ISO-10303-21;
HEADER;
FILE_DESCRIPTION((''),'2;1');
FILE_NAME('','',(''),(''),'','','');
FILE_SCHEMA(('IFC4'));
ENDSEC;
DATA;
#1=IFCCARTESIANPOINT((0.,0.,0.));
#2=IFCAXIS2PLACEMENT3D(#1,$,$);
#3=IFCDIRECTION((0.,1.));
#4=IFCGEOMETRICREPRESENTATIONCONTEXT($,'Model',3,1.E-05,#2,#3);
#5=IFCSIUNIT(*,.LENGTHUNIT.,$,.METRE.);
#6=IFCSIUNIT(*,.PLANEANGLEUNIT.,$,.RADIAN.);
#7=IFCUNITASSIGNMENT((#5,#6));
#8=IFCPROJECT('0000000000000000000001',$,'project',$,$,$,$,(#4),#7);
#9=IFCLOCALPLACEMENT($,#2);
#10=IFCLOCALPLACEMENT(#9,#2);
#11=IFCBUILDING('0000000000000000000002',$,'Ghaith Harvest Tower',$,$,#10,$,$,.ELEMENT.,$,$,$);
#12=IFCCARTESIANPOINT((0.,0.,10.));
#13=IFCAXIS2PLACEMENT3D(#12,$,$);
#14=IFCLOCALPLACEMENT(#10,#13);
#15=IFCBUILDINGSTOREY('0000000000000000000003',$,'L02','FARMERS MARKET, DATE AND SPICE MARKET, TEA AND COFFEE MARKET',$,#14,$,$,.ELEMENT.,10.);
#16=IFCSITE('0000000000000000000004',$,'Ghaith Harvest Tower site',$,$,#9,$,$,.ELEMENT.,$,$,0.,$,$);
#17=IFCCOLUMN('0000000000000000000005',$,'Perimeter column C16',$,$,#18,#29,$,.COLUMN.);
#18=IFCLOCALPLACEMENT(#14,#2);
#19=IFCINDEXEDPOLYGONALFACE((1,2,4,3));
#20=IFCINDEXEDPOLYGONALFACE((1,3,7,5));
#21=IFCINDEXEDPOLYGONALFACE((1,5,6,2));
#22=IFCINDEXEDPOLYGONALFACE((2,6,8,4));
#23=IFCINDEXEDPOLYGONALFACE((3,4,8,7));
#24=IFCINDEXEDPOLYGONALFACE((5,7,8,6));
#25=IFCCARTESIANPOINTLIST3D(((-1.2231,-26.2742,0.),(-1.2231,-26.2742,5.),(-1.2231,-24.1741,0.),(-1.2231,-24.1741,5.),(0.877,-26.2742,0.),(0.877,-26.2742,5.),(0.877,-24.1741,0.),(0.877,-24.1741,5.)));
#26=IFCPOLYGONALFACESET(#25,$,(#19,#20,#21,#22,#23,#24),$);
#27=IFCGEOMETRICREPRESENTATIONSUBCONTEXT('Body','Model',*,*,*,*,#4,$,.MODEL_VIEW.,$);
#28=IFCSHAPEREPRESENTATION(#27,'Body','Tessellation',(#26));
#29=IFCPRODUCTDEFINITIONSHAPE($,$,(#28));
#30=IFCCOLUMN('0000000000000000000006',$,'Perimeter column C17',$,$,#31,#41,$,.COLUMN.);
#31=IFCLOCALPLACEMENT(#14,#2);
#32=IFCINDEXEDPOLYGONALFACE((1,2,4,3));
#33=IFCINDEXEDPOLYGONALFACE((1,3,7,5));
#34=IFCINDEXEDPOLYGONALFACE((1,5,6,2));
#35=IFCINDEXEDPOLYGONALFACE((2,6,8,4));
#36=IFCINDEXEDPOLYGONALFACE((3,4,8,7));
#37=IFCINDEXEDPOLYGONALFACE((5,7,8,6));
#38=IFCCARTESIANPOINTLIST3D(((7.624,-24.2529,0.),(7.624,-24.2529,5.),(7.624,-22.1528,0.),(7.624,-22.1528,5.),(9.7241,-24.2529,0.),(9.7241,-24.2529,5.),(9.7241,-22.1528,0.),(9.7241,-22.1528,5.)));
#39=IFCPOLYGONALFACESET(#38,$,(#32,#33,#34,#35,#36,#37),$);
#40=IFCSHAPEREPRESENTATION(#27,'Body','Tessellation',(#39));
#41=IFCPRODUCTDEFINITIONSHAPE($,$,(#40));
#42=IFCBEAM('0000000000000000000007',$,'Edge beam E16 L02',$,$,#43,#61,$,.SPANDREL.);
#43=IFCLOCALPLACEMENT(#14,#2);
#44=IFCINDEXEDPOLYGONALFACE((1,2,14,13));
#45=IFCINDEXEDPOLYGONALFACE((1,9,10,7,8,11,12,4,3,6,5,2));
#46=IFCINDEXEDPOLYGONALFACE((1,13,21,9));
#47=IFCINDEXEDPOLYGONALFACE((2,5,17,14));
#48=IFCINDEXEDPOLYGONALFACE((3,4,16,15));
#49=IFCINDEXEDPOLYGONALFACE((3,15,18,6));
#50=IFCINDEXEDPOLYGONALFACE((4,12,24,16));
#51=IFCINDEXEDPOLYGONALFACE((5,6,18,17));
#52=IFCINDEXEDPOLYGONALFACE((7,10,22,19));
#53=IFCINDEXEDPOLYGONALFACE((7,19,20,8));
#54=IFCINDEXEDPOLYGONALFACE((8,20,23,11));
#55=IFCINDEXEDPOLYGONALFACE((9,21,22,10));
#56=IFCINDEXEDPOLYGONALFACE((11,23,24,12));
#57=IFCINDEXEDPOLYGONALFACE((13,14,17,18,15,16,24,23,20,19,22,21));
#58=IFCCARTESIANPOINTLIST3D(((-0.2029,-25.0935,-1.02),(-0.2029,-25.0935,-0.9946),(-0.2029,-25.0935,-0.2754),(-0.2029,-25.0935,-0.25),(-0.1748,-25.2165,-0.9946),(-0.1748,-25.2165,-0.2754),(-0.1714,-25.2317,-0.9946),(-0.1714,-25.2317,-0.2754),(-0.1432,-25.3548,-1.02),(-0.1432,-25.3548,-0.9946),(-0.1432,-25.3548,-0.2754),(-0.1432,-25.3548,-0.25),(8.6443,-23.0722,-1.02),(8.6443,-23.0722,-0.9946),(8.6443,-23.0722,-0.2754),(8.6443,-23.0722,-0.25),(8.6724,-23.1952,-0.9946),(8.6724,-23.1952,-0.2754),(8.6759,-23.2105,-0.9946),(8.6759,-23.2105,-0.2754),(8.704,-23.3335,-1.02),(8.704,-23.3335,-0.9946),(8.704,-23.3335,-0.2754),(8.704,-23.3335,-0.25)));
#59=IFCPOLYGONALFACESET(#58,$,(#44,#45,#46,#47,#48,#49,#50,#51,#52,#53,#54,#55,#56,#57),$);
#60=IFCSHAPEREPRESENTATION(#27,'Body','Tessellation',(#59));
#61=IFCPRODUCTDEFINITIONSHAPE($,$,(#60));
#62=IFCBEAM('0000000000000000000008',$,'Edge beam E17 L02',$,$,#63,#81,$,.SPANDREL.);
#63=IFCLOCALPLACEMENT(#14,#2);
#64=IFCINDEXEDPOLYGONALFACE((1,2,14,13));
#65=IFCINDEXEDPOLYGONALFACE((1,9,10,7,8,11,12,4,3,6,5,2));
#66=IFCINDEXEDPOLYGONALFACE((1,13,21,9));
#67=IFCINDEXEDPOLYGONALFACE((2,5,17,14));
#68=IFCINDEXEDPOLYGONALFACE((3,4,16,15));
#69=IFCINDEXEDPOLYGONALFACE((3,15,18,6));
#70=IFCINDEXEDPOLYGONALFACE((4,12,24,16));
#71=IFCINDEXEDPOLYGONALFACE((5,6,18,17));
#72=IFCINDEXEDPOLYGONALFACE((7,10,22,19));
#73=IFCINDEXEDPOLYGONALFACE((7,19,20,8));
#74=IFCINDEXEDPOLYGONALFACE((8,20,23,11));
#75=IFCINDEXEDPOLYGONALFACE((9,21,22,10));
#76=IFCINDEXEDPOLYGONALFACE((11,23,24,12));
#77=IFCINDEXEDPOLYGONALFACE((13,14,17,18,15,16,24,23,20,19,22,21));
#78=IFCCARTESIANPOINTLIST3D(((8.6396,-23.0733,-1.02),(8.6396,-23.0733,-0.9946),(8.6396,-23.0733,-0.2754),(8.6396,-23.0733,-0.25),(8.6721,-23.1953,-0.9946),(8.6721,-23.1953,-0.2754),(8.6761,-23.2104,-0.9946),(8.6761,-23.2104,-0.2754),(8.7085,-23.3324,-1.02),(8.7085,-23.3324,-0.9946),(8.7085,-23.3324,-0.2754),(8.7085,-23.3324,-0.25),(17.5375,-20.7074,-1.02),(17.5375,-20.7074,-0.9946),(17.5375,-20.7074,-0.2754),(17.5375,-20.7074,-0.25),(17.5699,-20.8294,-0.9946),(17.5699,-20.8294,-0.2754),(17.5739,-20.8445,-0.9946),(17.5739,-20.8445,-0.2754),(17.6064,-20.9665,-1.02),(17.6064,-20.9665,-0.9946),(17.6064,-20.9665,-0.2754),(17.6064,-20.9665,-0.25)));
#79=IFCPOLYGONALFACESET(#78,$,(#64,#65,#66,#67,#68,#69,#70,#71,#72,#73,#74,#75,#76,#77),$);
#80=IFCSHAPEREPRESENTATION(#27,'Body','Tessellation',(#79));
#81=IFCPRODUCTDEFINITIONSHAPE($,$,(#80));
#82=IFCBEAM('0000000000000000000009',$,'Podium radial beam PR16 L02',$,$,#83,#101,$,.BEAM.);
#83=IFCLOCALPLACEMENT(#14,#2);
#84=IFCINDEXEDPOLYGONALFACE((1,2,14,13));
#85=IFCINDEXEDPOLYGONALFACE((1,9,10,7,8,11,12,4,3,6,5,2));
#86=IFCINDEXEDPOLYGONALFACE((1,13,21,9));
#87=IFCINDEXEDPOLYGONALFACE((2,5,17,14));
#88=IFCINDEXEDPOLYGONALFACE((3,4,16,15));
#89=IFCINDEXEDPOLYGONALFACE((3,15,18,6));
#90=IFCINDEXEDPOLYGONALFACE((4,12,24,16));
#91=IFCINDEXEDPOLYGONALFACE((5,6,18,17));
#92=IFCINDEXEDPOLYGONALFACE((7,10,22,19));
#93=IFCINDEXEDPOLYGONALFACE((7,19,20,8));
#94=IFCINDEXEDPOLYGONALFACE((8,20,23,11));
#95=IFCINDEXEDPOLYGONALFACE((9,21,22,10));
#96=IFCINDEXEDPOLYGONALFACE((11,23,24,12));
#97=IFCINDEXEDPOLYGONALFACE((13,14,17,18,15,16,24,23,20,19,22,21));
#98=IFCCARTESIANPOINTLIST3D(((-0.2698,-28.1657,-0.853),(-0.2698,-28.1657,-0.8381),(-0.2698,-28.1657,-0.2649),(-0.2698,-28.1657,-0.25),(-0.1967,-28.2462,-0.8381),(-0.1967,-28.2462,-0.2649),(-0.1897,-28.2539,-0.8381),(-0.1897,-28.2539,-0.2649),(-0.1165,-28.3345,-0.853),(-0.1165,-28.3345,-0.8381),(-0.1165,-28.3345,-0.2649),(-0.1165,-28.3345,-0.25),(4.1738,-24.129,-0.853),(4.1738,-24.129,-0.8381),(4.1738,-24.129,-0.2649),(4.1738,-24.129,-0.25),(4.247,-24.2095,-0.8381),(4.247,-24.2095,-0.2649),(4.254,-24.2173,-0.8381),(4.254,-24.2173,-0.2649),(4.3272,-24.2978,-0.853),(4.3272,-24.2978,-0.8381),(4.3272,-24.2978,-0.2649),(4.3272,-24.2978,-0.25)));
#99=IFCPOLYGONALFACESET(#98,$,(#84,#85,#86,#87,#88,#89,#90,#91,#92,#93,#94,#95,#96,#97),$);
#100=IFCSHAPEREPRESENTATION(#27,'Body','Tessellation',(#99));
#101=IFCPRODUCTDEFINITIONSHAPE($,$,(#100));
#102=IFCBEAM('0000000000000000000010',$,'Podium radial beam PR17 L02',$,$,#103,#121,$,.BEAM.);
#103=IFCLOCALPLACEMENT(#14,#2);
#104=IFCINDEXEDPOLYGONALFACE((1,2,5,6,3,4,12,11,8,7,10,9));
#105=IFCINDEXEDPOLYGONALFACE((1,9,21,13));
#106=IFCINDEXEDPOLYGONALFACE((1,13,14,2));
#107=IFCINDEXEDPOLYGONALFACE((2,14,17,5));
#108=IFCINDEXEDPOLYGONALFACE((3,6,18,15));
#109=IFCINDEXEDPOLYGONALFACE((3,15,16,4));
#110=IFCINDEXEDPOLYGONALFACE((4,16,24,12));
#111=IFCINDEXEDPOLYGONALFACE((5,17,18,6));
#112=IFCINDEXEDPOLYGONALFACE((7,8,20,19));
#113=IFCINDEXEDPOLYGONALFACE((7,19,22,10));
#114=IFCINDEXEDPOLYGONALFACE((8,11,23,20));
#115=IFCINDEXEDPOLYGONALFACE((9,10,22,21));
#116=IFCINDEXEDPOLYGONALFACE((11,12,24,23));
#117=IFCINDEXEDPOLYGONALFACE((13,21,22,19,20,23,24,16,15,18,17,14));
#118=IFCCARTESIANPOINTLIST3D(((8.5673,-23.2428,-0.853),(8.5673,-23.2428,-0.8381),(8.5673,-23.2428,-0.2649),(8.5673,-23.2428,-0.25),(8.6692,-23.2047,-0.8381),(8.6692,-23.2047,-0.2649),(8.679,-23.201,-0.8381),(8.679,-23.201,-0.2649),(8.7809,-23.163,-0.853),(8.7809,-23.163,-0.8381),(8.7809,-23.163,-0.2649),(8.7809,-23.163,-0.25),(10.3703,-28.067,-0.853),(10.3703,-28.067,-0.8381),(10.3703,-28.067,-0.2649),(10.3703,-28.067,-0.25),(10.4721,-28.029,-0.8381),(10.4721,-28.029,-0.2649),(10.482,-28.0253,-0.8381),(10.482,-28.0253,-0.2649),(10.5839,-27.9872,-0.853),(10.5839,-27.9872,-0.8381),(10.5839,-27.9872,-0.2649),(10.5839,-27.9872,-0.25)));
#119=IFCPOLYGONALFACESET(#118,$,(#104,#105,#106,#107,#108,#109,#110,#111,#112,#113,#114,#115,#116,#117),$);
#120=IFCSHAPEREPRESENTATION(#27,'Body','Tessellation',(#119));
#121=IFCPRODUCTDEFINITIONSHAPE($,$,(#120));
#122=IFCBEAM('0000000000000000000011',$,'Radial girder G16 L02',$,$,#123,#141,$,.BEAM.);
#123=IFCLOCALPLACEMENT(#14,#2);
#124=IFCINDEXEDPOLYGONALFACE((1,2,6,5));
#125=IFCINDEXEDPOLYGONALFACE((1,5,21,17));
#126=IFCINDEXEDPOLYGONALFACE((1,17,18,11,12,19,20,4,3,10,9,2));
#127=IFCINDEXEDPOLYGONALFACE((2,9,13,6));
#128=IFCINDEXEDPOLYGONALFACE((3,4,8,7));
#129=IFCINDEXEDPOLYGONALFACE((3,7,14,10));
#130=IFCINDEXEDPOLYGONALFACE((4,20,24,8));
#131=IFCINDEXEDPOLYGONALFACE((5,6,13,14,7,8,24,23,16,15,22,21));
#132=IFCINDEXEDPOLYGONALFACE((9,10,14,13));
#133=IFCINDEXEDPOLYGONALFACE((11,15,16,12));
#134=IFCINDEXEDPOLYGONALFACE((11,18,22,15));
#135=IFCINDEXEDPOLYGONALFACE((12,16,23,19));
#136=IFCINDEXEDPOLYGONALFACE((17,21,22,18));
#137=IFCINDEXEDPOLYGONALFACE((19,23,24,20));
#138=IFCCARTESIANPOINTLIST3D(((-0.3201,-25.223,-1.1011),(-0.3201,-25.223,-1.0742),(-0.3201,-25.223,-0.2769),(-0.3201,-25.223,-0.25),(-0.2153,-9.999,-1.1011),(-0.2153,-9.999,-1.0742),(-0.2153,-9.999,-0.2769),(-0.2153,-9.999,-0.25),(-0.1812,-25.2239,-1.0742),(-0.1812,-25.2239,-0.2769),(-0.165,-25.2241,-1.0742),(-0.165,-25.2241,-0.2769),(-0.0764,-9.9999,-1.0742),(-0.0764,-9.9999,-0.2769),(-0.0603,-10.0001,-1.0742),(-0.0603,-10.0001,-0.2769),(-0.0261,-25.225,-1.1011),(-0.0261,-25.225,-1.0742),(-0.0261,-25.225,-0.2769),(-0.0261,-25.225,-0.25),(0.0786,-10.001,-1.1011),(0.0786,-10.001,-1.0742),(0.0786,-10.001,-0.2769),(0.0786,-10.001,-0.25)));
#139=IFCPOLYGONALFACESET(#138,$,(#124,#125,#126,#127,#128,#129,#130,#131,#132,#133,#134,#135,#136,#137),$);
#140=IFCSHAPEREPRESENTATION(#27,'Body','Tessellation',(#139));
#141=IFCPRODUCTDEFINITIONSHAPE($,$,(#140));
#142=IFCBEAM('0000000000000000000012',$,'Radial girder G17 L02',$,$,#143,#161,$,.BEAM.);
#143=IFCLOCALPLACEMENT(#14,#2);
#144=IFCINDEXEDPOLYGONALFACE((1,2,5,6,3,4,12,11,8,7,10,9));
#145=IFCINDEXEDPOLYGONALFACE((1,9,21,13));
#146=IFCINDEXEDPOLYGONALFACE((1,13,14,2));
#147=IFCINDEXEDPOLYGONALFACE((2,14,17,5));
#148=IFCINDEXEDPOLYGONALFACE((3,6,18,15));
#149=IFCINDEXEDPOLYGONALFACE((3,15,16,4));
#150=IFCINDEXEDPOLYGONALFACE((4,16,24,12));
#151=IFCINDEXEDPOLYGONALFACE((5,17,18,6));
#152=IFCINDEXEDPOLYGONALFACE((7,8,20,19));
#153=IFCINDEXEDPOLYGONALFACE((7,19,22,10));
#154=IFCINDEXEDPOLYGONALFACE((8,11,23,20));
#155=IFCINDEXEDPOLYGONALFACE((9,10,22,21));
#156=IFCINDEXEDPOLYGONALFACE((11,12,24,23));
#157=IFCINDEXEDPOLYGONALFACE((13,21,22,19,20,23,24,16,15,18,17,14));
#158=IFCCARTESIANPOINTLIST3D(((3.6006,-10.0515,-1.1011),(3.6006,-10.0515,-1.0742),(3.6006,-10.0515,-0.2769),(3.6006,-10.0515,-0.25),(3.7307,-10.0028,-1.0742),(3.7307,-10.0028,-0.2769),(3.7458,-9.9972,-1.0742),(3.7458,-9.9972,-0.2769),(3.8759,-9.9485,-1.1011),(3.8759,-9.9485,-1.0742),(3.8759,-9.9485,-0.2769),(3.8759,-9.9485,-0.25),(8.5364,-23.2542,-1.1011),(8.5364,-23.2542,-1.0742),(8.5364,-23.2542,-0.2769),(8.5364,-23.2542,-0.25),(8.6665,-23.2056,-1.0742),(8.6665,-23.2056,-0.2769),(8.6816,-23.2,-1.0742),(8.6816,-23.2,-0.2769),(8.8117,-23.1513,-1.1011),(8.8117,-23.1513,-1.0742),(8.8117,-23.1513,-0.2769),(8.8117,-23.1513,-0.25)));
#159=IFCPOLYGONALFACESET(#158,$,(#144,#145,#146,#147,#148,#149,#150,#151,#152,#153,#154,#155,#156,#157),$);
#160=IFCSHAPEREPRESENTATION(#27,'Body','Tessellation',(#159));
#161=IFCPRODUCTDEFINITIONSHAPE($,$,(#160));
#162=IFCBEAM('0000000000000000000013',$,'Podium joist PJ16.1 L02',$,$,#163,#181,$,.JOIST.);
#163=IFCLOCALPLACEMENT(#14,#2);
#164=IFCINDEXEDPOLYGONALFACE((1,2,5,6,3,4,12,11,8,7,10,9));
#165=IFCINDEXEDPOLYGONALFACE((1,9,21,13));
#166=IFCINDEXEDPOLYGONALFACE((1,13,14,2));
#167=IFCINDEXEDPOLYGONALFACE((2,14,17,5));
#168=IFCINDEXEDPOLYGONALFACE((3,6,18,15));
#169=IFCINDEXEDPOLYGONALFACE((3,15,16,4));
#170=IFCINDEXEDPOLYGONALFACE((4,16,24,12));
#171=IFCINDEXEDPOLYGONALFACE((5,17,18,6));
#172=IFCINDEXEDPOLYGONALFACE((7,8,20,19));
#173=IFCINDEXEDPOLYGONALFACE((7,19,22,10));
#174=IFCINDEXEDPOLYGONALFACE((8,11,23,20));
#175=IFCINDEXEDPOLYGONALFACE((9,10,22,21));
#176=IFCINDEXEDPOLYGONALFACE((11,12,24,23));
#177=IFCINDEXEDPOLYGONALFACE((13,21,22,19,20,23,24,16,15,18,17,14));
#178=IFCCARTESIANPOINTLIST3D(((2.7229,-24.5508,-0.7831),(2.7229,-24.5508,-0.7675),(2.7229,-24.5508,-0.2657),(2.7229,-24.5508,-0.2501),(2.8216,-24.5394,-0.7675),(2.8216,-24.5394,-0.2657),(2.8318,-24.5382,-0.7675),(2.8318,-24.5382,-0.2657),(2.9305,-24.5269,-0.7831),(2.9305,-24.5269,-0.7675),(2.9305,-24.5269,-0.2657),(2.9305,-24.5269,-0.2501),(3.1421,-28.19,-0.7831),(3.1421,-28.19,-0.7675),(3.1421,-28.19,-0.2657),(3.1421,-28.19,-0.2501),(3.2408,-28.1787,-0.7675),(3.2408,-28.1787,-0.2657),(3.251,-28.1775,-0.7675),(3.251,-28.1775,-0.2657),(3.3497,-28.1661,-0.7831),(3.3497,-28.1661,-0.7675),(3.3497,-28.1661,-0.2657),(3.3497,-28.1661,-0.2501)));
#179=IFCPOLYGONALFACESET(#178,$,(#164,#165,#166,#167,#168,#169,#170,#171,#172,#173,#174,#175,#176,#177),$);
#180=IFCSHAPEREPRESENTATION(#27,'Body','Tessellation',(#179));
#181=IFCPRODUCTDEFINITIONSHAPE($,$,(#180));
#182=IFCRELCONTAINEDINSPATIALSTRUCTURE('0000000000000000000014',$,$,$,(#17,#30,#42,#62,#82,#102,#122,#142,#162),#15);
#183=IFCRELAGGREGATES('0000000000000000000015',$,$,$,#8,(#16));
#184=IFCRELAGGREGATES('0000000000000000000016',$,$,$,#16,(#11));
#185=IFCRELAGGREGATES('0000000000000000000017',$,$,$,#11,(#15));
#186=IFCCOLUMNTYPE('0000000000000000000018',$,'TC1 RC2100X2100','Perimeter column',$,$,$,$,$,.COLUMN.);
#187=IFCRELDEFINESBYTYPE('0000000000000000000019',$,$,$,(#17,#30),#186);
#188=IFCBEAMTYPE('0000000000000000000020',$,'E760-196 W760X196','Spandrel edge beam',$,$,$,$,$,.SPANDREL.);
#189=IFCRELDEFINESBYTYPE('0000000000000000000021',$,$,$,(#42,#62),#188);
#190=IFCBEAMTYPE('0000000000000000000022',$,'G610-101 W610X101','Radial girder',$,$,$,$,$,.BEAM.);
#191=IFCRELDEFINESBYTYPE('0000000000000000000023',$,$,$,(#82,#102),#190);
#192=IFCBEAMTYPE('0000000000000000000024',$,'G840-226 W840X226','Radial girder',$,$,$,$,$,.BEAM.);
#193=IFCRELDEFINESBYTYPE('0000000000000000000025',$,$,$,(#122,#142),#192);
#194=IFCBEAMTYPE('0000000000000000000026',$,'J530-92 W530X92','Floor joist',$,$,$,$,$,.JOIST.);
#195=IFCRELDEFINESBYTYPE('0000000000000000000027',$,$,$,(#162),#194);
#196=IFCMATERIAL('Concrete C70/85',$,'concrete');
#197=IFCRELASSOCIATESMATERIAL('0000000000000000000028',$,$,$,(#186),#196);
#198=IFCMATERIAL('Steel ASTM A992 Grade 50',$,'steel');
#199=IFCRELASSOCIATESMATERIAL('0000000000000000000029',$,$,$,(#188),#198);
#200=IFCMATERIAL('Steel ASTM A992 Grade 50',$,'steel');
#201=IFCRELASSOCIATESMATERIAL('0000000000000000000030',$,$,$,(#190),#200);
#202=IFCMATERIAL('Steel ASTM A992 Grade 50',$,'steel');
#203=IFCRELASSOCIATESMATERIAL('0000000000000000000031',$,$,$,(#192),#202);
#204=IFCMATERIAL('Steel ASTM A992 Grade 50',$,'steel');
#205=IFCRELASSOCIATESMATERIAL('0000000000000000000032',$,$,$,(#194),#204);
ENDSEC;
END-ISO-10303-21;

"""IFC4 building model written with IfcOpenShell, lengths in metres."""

from ifc_helpers import new_model, si_unit, direction, frame, origin, origin_2d, place, context, subcontext, project, spatial, rectangle, i_section, extrude, material, material_profile, profile_set, type_object, element, save


model = new_model("IFC4")

# Units and contexts
model_context = context("Model", 3, precision=1e-05, world=origin(), true_north=direction((0.0, 1.0)))
body_context = subcontext(model_context, "Body", "Model", "MODEL_VIEW")
ifc_project = project(units=[si_unit("LENGTHUNIT", "METRE"), si_unit("PLANEANGLEUNIT", "RADIAN")], contexts=[model_context])

# Site, building, storey
site_placement = place(None, origin())
site = spatial("IfcSite", under=ifc_project, at=site_placement, Name="Ghaith Harvest Tower site", CompositionType="ELEMENT", RefElevation=0.0)
building_placement = place(site_placement, origin())
building = spatial("IfcBuilding", under=site, at=building_placement, Name="Ghaith Harvest Tower", CompositionType="ELEMENT")
storey_placement = place(building_placement, frame((0.0, 0.0, 10.0)))
storey = spatial("IfcBuildingStorey", under=building, at=storey_placement, Name="L02", Description="FARMERS MARKET, DATE AND SPICE MARKET, TEA AND COFFEE MARKET", CompositionType="ELEMENT", Elevation=10.0)

# Columns
ifc_material_1 = material(Name="Concrete C70/85", Category="concrete")
ifc_material_profile_1 = material_profile(ifc_material_1, rectangle(XDim=2.1001, YDim=2.1001, at=origin_2d()), Name="RC2100X2100")
ifc_profile_set_1 = profile_set([ifc_material_profile_1], Name="Concrete C70/85")
column_type = type_object("IfcColumnType", Name="TC1 RC2100X2100", Description="Perimeter column", PredefinedType="COLUMN", material=ifc_profile_set_1)
for number, where, z_axis, x_axis, name in (
    (1, (-0.1731, -25.2241, 0.0), (0.0, 0.0, 1.0), (1.0, 0.0, 0.0), "Perimeter column C16"),
    (2, (8.6741, -23.2029, 0.0), (0.0, 0.0, 1.0), (1.0, 0.0, 0.0), "Perimeter column C17"),
):
    element("IfcColumn", number, at=place(storey_placement, frame(where, z_axis=z_axis, x_axis=x_axis)), inside=storey, type_object=column_type, Name=name, PredefinedType="COLUMN", context=body_context, shape_type="SweptSolid", body=[
        extrude(rectangle(XDim=2.1001, YDim=2.1001, at=origin_2d()), origin(), (0.0, 0.0, 1.0), 5.0),
    ])

# Beams
ifc_material_2 = material(Name="Steel ASTM A992 Grade 50", Category="steel")
ifc_material_profile_2 = material_profile(ifc_material_2, i_section(OverallWidth=0.2681, OverallDepth=0.77, WebThickness=0.0156, FlangeThickness=0.0254, at=origin_2d()), Name="W760X196")
ifc_profile_set_2 = profile_set([ifc_material_profile_2], Name="Steel ASTM A992 Grade 50")
beam_type_1 = type_object("IfcBeamType", Name="E760-196 W760X196", Description="Spandrel edge beam", PredefinedType="SPANDREL", material=ifc_profile_set_2)
beam_1_placement = place(storey_placement, frame((-0.1731, -25.2241, -0.635), z_axis=(0.974882, 0.222723, 0.0), x_axis=(-0.222723, 0.974882, 0.0)))
element("IfcBeam", 3, at=beam_1_placement, inside=storey, type_object=beam_type_1, Name="Edge beam E16 L02", PredefinedType="SPANDREL", context=body_context, shape_type="SweptSolid", body=[
    extrude(i_section(OverallWidth=0.2681, OverallDepth=0.77, WebThickness=0.0156, FlangeThickness=0.0254, at=origin_2d()), origin(), (0.0, 0.0, 1.0), 9.0752),
])
beam_2_placement = place(storey_placement, frame((8.6741, -23.2029, -0.635), z_axis=(0.966419, 0.256971, 0.0), x_axis=(-0.256971, 0.966419, 0.0)))
element("IfcBeam", 4, at=beam_2_placement, inside=storey, type_object=beam_type_1, Name="Edge beam E17 L02", PredefinedType="SPANDREL", context=body_context, shape_type="SweptSolid", body=[
    extrude(i_section(OverallWidth=0.2681, OverallDepth=0.77, WebThickness=0.0156, FlangeThickness=0.0254, at=origin_2d()), origin(), (0.0, 0.0, 1.0), 9.207),
])
ifc_material_3 = material(Name="Steel ASTM A992 Grade 50", Category="steel")
ifc_material_profile_3 = material_profile(ifc_material_3, i_section(OverallWidth=0.228, OverallDepth=0.603, WebThickness=0.0105, FlangeThickness=0.0149, at=origin_2d()), Name="W610X101")
ifc_profile_set_3 = profile_set([ifc_material_profile_3], Name="Steel ASTM A992 Grade 50")
beam_type_2 = type_object("IfcBeamType", Name="G610-101 W610X101", Description="Radial girder", PredefinedType="BEAM", material=ifc_profile_set_3)
beam_3_placement = place(storey_placement, frame((4.2505, -24.2134, -0.5515), z_axis=(-0.74019, -0.672397, 0.0), x_axis=(0.672397, -0.74019, 0.0)))
element("IfcBeam", 5, at=beam_3_placement, inside=storey, type_object=beam_type_2, Name="Podium radial beam PR16 L02", PredefinedType="BEAM", context=body_context, shape_type="SweptSolid", body=[
    extrude(i_section(OverallWidth=0.228, OverallDepth=0.603, WebThickness=0.0105, FlangeThickness=0.0149, at=origin_2d()), origin(), (0.0, 0.0, 1.0), 6.0034),
])
beam_4_placement = place(storey_placement, frame((8.6741, -23.2029, -0.5515), z_axis=(0.350084, -0.936718, 0.0), x_axis=(0.936718, 0.350084, 0.0)))
element("IfcBeam", 6, at=beam_4_placement, inside=storey, type_object=beam_type_2, Name="Podium radial beam PR17 L02", PredefinedType="BEAM", context=body_context, shape_type="SweptSolid", body=[
    extrude(i_section(OverallWidth=0.228, OverallDepth=0.603, WebThickness=0.0105, FlangeThickness=0.0149, at=origin_2d()), origin(), (0.0, 0.0, 1.0), 5.1501),
])
ifc_material_4 = material(Name="Steel ASTM A992 Grade 50", Category="steel")
ifc_material_profile_4 = material_profile(ifc_material_4, i_section(OverallWidth=0.2939, OverallDepth=0.8511, WebThickness=0.0161, FlangeThickness=0.0269, at=origin_2d()), Name="W840X226")
ifc_profile_set_4 = profile_set([ifc_material_profile_4], Name="Steel ASTM A992 Grade 50")
beam_type_3 = type_object("IfcBeamType", Name="G840-226 W840X226", Description="Radial girder", PredefinedType="BEAM", material=ifc_profile_set_4)
beam_5_placement = place(storey_placement, frame((-0.0684, -10.0, -0.6755), z_axis=(-0.006879, -0.999976, 0.0), x_axis=(0.999976, -0.006879, 0.0)))
element("IfcBeam", 7, at=beam_5_placement, inside=storey, type_object=beam_type_3, Name="Radial girder G16 L02", PredefinedType="BEAM", context=body_context, shape_type="SweptSolid", body=[
    extrude(i_section(OverallWidth=0.2939, OverallDepth=0.8511, WebThickness=0.0161, FlangeThickness=0.0269, at=origin_2d()), origin(), (0.0, 0.0, 1.0), 15.2244),
])
beam_6_placement = place(storey_placement, frame((3.7383, -10.0, -0.6755), z_axis=(0.350172, -0.936685, 0.0), x_axis=(0.936685, 0.350172, 0.0)))
element("IfcBeam", 8, at=beam_6_placement, inside=storey, type_object=beam_type_3, Name="Radial girder G17 L02", PredefinedType="BEAM", context=body_context, shape_type="SweptSolid", body=[
    extrude(i_section(OverallWidth=0.2939, OverallDepth=0.8511, WebThickness=0.0161, FlangeThickness=0.0269, at=origin_2d()), origin(), (0.0, 0.0, 1.0), 14.0952),
])
ifc_material_5 = material(Name="Steel ASTM A992 Grade 50", Category="steel")
ifc_material_profile_5 = material_profile(ifc_material_5, i_section(OverallWidth=0.209, OverallDepth=0.533, WebThickness=0.0103, FlangeThickness=0.0156, at=origin_2d()), Name="W530X92")
ifc_profile_set_5 = profile_set([ifc_material_profile_5], Name="Steel ASTM A992 Grade 50")
beam_type_4 = type_object("IfcBeamType", Name="J530-92 W530X92", Description="Floor joist", PredefinedType="JOIST", material=ifc_profile_set_5)
beam_7_placement = place(storey_placement, frame((2.8267, -24.5388, -0.5166), z_axis=(0.114432, -0.993431, 0.0), x_axis=(0.993431, 0.114432, 0.0)))
element("IfcBeam", 9, at=beam_7_placement, inside=storey, type_object=beam_type_4, Name="Podium joist PJ16.1 L02", PredefinedType="JOIST", context=body_context, shape_type="SweptSolid", body=[
    extrude(i_section(OverallWidth=0.209, OverallDepth=0.533, WebThickness=0.0103, FlangeThickness=0.0156, at=origin_2d()), origin(), (0.0, 0.0, 1.0), 3.6633),
])

save(model, "model.ifc")
